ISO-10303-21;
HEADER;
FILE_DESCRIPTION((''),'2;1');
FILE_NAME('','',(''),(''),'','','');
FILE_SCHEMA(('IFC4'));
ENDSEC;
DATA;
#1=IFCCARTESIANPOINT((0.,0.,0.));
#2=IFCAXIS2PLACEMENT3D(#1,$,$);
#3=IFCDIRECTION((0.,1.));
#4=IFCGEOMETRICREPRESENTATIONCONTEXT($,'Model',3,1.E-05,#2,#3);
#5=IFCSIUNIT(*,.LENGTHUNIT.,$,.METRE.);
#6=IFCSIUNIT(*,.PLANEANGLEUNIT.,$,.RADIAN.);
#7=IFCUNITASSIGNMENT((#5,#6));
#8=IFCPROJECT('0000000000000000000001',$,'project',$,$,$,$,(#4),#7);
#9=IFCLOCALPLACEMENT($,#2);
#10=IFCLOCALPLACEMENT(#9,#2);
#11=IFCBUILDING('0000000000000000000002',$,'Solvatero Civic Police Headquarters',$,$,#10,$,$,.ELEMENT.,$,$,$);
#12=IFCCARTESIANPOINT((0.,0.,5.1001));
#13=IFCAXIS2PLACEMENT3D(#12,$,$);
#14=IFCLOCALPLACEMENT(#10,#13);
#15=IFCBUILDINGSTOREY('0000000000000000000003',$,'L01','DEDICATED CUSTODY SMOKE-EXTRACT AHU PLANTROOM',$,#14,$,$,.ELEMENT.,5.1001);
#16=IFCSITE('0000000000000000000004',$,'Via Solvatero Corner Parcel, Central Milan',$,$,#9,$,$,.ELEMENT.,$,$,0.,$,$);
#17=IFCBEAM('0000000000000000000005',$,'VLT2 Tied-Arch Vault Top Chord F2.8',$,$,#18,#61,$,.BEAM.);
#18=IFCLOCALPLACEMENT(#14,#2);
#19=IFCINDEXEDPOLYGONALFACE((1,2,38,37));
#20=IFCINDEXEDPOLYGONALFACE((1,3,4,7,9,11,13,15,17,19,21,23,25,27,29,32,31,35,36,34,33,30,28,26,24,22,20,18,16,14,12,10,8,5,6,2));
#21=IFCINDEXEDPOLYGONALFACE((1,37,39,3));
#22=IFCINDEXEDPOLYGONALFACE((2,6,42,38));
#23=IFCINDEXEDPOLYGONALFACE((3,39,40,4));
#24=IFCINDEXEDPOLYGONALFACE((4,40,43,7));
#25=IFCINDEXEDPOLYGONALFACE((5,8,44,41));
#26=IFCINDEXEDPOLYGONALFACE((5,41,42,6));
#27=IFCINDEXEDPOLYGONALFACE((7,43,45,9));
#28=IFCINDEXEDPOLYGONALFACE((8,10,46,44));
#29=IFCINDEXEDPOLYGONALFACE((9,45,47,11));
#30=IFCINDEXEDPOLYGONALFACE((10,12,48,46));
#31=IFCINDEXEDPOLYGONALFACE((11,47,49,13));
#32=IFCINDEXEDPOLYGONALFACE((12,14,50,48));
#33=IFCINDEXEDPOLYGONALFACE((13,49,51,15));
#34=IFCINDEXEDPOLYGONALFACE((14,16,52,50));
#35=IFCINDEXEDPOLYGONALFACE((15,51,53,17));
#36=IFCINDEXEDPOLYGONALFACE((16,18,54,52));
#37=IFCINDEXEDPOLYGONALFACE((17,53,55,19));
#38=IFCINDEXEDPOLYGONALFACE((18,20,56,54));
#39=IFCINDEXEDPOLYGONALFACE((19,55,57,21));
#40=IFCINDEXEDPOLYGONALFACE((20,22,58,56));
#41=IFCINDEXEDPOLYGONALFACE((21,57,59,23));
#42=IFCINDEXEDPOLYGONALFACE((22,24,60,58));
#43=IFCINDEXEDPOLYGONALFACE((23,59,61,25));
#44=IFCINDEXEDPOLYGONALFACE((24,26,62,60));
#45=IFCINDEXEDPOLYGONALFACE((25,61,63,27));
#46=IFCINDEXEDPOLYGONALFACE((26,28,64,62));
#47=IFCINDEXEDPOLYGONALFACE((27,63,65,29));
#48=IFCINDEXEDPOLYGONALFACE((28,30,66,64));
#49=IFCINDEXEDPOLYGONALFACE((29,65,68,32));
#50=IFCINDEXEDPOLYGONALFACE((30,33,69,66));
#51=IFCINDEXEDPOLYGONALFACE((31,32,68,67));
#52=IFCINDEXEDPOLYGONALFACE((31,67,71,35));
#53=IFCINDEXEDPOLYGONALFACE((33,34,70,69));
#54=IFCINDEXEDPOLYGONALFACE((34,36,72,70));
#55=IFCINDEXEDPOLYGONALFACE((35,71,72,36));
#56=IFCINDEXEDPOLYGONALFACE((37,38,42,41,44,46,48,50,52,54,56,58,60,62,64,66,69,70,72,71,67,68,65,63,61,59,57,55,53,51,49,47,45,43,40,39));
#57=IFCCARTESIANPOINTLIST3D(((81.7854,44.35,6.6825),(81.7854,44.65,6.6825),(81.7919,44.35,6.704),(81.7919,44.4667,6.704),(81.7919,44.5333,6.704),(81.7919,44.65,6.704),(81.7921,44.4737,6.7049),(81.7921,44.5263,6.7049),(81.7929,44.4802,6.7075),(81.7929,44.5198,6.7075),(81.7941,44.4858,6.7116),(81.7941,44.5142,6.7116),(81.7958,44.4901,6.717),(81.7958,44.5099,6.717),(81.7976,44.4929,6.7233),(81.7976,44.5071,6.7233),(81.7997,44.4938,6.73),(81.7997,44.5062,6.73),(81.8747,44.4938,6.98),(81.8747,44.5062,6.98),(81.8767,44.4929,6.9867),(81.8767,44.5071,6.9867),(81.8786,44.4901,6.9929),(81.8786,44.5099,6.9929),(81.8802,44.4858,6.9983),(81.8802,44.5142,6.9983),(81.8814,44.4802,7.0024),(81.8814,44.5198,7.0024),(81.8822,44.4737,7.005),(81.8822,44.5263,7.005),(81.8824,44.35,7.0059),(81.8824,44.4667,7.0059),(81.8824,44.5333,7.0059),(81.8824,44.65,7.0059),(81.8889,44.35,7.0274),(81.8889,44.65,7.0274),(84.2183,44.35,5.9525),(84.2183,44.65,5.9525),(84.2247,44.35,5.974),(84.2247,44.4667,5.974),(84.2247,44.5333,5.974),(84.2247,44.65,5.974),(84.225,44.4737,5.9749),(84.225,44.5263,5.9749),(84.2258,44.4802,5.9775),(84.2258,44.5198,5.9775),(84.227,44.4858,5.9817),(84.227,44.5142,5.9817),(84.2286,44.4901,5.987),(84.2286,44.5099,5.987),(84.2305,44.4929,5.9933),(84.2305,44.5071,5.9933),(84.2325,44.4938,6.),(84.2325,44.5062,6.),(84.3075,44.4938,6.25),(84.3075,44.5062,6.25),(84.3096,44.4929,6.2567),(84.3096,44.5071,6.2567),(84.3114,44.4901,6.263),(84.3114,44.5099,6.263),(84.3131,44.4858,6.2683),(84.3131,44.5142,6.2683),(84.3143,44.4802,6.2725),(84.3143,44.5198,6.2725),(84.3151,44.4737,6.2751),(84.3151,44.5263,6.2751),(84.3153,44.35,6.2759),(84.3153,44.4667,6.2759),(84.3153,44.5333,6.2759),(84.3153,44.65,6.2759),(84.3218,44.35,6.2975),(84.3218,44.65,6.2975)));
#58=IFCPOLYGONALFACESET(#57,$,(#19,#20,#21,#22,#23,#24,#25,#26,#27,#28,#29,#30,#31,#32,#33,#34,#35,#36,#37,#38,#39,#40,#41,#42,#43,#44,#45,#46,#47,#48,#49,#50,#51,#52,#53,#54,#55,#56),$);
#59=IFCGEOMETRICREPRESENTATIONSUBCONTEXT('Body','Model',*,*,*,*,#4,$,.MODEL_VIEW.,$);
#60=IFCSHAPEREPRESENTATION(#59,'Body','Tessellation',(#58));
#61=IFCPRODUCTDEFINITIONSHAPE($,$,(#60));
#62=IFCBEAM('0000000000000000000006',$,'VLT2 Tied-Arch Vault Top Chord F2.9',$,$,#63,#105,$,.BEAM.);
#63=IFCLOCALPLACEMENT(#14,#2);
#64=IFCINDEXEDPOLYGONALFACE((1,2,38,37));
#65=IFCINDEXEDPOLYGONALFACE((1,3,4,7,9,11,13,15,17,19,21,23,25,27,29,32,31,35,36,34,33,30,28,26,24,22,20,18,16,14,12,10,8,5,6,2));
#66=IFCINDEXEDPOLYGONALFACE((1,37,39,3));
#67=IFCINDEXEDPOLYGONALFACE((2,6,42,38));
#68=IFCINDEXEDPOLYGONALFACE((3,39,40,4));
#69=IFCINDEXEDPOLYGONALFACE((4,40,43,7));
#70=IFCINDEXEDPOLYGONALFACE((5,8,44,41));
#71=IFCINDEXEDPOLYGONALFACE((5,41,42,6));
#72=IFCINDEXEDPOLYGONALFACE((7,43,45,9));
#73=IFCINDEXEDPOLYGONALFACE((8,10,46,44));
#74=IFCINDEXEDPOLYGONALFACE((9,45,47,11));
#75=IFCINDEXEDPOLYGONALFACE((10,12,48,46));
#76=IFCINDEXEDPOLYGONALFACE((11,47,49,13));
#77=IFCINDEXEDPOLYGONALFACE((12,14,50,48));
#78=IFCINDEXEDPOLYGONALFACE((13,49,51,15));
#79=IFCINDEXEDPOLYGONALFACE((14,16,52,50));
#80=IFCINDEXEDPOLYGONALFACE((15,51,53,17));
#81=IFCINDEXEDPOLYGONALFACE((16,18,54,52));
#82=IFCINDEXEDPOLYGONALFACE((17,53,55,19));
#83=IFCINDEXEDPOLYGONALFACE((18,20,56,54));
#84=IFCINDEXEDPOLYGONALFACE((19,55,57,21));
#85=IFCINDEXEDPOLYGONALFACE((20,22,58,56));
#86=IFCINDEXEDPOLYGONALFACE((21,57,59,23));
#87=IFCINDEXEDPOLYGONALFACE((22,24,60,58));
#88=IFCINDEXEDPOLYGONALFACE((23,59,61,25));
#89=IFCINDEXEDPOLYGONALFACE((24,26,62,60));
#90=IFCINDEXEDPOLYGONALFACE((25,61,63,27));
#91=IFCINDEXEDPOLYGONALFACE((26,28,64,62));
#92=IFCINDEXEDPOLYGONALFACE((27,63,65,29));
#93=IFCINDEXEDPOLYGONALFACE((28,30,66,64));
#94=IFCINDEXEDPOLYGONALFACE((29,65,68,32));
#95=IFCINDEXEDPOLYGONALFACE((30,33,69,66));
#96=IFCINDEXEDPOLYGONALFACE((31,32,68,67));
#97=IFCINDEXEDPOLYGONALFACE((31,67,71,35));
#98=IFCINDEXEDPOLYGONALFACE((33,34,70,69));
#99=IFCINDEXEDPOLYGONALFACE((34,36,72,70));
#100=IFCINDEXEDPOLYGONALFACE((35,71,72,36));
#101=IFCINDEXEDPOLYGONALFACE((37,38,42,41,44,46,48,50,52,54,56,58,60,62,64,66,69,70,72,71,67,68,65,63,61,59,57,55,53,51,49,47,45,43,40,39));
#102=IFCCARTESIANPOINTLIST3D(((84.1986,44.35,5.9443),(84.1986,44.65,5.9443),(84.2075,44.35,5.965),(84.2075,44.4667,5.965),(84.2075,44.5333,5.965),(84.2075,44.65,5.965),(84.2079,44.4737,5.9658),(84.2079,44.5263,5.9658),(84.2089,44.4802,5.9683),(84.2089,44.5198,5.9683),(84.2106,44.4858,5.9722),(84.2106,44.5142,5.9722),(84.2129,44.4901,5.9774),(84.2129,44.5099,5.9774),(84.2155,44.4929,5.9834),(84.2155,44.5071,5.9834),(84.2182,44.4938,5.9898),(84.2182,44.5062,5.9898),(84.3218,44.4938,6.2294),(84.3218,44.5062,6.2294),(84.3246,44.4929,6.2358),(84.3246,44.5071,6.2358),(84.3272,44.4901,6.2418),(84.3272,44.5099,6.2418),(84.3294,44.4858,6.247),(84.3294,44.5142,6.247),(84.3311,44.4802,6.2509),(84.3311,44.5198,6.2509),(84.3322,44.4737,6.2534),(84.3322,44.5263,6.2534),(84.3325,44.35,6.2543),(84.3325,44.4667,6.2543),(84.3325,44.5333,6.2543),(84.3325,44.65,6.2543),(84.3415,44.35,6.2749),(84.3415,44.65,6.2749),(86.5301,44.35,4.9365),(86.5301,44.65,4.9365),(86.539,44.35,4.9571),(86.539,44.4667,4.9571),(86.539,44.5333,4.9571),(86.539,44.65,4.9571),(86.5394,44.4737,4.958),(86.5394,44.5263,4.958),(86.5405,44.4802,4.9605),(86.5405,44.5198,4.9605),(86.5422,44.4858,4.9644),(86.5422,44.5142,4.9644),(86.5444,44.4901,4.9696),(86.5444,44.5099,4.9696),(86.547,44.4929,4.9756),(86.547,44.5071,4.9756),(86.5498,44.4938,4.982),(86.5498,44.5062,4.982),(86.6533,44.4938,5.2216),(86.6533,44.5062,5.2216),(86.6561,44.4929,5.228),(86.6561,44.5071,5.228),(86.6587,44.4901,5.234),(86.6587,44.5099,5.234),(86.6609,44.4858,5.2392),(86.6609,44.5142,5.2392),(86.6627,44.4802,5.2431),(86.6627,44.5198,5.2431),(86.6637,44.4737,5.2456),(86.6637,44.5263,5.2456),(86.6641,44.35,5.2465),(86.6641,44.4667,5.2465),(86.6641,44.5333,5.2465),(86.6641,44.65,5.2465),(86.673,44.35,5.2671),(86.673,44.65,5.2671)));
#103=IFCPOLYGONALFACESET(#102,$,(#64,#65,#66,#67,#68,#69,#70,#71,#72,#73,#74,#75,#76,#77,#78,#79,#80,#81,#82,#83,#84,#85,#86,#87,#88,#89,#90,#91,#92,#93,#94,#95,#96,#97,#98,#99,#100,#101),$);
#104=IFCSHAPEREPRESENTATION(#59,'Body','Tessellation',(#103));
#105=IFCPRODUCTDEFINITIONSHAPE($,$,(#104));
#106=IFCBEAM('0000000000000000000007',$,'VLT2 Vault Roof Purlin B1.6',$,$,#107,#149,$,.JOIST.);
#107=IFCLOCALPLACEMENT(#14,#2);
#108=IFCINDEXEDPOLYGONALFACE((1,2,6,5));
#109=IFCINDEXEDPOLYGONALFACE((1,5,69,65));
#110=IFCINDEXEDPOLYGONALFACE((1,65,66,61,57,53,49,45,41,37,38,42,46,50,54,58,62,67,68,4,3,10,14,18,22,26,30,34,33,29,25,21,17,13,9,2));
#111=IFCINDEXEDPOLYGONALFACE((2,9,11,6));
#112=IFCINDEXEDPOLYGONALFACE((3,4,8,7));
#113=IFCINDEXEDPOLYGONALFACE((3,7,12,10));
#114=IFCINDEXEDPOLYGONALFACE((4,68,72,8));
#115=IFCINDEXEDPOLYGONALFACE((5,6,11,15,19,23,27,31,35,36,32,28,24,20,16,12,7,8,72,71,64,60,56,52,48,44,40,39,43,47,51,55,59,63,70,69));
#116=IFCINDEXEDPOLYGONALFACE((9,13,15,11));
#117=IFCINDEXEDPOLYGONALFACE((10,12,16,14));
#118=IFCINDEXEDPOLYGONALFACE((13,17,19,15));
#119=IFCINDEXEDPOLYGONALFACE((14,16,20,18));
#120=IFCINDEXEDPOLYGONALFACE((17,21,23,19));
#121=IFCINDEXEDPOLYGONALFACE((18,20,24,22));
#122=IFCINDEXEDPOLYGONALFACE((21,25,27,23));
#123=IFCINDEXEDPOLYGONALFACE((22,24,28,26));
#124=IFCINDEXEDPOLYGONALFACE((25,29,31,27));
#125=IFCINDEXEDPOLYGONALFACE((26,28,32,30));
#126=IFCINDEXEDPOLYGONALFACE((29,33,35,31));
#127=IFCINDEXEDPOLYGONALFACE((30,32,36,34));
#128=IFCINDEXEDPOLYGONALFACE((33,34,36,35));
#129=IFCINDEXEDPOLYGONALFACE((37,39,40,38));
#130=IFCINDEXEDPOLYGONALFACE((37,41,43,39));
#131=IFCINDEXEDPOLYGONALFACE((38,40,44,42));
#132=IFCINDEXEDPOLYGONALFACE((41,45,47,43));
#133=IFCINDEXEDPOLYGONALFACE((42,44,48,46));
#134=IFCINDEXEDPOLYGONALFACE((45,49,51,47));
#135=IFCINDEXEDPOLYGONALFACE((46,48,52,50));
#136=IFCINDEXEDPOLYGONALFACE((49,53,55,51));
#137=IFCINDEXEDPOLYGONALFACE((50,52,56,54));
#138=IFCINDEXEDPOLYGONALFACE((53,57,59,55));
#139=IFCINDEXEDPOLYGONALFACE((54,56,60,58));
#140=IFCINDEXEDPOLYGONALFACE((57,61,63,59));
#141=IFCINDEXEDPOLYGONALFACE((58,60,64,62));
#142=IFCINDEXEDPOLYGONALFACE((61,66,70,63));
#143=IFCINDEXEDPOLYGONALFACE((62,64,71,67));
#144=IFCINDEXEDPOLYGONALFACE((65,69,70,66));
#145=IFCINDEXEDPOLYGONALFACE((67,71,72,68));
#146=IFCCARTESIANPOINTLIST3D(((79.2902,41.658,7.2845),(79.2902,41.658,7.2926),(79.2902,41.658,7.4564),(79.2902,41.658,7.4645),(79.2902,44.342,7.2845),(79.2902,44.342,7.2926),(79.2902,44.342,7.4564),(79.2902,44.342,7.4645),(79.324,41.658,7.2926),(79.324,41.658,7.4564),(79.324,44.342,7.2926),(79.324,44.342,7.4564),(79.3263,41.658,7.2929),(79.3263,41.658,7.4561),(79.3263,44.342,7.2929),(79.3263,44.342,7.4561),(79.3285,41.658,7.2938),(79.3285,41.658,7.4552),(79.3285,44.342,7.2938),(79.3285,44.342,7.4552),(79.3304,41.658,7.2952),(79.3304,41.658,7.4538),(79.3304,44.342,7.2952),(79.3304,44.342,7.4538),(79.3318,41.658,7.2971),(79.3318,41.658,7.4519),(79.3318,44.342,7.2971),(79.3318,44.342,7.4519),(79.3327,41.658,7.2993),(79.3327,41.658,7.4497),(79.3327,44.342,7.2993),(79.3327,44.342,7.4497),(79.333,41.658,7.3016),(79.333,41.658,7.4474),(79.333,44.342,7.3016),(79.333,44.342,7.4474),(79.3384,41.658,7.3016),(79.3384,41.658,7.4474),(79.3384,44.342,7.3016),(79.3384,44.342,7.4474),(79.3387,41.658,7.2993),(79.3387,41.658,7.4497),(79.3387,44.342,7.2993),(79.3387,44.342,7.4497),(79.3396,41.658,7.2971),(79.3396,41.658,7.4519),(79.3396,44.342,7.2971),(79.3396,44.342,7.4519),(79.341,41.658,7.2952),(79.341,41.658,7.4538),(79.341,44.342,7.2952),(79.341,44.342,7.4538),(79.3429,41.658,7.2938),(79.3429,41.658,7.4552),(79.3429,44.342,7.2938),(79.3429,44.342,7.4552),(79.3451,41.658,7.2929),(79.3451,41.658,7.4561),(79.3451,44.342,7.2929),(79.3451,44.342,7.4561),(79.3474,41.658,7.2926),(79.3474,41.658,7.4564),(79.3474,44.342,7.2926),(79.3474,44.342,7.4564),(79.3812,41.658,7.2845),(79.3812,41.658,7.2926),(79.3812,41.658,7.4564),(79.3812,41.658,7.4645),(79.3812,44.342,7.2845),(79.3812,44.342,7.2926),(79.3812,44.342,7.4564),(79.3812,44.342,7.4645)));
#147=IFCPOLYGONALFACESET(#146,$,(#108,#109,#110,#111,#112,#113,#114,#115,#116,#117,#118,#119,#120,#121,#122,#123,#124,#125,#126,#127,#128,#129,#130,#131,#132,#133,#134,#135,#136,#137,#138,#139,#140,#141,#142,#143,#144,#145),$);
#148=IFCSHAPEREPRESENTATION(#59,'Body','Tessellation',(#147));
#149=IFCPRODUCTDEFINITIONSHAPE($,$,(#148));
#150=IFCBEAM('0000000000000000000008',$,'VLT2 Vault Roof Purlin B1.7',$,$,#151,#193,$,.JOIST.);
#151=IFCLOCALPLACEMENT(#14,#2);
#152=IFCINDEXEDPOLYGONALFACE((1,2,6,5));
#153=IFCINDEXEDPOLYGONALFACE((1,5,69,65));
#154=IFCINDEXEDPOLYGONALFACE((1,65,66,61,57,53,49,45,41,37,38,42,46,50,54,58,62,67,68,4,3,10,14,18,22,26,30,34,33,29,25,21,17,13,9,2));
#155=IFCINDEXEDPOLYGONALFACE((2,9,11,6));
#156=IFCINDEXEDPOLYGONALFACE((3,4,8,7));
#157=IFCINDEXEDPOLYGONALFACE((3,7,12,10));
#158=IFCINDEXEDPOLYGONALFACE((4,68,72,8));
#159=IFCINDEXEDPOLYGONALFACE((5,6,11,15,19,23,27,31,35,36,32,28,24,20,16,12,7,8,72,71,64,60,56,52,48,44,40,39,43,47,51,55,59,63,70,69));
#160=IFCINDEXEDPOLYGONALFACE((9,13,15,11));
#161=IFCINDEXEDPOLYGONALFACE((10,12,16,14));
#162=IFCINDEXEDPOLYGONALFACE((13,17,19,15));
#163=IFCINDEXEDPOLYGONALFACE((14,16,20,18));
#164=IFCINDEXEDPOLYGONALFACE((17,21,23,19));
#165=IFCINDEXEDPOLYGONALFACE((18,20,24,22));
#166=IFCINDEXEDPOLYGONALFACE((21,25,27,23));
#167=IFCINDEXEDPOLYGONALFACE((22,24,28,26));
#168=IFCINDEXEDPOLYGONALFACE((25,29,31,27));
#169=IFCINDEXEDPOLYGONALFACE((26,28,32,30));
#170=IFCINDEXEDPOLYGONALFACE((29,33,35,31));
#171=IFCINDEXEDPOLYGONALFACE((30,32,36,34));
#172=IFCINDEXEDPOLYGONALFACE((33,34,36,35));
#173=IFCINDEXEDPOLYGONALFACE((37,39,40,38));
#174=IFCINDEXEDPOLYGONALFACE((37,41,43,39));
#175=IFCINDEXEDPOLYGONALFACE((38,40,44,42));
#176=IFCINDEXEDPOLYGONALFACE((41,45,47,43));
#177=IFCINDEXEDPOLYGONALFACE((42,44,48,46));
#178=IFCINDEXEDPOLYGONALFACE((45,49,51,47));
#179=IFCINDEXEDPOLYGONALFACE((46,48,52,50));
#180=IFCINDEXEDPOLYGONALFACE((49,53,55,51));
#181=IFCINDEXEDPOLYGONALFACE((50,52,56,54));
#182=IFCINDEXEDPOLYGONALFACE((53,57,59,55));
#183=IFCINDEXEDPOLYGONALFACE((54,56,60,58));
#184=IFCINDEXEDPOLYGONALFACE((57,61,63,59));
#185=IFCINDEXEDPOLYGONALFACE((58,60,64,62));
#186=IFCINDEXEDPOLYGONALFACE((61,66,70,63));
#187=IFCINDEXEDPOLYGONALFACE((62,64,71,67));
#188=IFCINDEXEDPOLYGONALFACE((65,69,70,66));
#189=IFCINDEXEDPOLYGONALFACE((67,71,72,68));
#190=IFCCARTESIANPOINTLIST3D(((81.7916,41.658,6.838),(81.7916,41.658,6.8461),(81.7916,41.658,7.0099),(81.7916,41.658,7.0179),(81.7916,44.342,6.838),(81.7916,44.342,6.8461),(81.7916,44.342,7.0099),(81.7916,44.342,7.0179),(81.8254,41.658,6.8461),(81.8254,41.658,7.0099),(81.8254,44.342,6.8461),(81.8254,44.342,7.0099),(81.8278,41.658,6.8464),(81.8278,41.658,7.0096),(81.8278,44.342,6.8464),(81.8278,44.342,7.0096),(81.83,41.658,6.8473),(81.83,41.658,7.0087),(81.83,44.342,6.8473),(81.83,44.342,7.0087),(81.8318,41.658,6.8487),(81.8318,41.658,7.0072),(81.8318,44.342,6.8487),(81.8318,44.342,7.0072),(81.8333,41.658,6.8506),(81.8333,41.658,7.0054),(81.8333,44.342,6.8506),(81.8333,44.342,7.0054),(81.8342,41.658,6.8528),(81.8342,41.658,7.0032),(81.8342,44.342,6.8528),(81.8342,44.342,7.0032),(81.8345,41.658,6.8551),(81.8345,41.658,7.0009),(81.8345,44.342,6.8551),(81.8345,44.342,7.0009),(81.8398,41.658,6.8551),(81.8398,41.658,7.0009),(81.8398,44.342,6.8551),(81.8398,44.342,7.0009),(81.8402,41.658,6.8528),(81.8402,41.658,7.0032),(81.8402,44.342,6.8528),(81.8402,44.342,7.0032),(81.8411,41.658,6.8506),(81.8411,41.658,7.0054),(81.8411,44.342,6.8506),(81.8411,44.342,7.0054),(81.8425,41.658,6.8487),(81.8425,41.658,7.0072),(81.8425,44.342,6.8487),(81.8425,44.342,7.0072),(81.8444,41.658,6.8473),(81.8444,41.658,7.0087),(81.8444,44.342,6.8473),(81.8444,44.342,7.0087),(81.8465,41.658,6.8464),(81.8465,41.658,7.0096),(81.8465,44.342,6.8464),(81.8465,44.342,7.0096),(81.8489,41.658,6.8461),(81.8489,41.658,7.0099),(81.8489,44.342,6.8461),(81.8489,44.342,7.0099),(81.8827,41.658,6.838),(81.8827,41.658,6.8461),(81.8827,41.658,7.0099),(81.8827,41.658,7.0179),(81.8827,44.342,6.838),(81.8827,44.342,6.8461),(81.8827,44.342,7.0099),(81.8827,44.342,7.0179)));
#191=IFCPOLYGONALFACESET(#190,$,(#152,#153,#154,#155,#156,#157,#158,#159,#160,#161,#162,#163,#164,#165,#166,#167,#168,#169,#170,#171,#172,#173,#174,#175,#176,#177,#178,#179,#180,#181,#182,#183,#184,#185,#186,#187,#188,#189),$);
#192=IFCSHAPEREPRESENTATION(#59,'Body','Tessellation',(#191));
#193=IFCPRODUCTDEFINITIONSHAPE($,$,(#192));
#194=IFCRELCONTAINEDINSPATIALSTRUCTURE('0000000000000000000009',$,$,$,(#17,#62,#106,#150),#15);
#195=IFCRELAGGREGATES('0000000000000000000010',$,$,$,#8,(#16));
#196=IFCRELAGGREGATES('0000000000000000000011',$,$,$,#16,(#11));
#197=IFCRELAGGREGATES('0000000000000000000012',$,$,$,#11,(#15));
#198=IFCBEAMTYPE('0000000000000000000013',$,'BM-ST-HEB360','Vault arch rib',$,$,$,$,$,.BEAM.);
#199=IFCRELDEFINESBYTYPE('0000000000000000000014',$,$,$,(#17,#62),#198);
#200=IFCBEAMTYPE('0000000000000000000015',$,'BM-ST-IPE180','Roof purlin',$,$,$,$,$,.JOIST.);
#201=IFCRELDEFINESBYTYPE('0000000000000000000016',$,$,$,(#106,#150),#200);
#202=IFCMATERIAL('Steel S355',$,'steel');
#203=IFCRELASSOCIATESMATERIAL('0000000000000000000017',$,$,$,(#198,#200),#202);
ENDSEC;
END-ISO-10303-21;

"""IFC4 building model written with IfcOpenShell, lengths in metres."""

from ifc_helpers import new_model, si_unit, direction, frame, origin, origin_2d, place, context, subcontext, project, spatial, i_section, extrude, material, material_profile, profile_set, type_object, element, save


model = new_model("IFC4")

# Units and contexts
model_context = context("Model", 3, precision=1e-05, world=origin(), true_north=direction((0.0, 1.0)))
body_context = subcontext(model_context, "Body", "Model", "MODEL_VIEW")
ifc_project = project(units=[si_unit("LENGTHUNIT", "METRE"), si_unit("PLANEANGLEUNIT", "RADIAN")], contexts=[model_context])

# Site, building, storey
site_placement = place(None, origin())
site = spatial("IfcSite", under=ifc_project, at=site_placement, Name="Via Solvatero Corner Parcel, Central Milan", CompositionType="ELEMENT", RefElevation=0.0)
building_placement = place(site_placement, origin())
building = spatial("IfcBuilding", under=site, at=building_placement, Name="Solvatero Civic Police Headquarters", CompositionType="ELEMENT")
storey_placement = place(building_placement, frame((0.0, 0.0, 5.1001)))
storey = spatial("IfcBuildingStorey", under=building, at=storey_placement, Name="L01", Description="DEDICATED CUSTODY SMOKE-EXTRACT AHU PLANTROOM", CompositionType="ELEMENT", Elevation=5.1001)

# Beams
ifc_material_1 = material(Name="Steel S355", Category="steel")
ifc_material_profile_1 = material_profile(ifc_material_1, i_section(OverallWidth=0.3, OverallDepth=0.3601, WebThickness=0.0125, FlangeThickness=0.0225, FilletRadius=0.0271, at=origin_2d()), Name="HEB 360")
ifc_profile_set_1 = profile_set([ifc_material_profile_1], Name="Steel S355")
beam_type_1 = type_object("IfcBeamType", Name="BM-ST-HEB360", Description="Vault arch rib", PredefinedType="BEAM", material=ifc_profile_set_1)
for number, where, z_axis, x_axis, name in (
    (1, (81.8372, 44.5, 6.855), (0.957813, 0.0, -0.287392), (0.0, 1.0, 0.0), "VLT2 Tied-Arch Vault Top Chord F2.8"),
    (2, (84.27, 44.5, 6.1096), (0.917918, 0.0, -0.396771), (0.0, 1.0, 0.0), "VLT2 Tied-Arch Vault Top Chord F2.9"),
):
    element("IfcBeam", number, at=place(storey_placement, frame(where, z_axis=z_axis, x_axis=x_axis)), inside=storey, type_object=beam_type_1, Name=name, PredefinedType="BEAM", context=body_context, shape_type="SweptSolid", body=[
        extrude(i_section(OverallWidth=0.3, OverallDepth=0.3601, WebThickness=0.0125, FlangeThickness=0.0225, FilletRadius=0.0271, at=origin_2d()), origin(), (0.0, 0.0, 1.0), 2.54),
    ])
ifc_material_profile_2 = material_profile(ifc_material_1, i_section(OverallWidth=0.0911, OverallDepth=0.1799, WebThickness=0.0054, FlangeThickness=0.0081, FilletRadius=0.009, at=origin_2d()), Name="IPE 180")
ifc_profile_set_2 = profile_set([ifc_material_profile_2], Name="Steel S355")
beam_type_2 = type_object("IfcBeamType", Name="BM-ST-IPE180", Description="Roof purlin", PredefinedType="JOIST", material=ifc_profile_set_2)
for number, where, z_axis, x_axis, name in (
    (3, (79.3357, 41.658, 7.3745), (0.0, 1.0, 0.0), (-1.0, 0.0, 0.0), "VLT2 Vault Roof Purlin B1.6"),
    (4, (81.8372, 41.658, 6.928), (0.0, 1.0, 0.0), (-1.0, 0.0, 0.0), "VLT2 Vault Roof Purlin B1.7"),
):
    element("IfcBeam", number, at=place(storey_placement, frame(where, z_axis=z_axis, x_axis=x_axis)), inside=storey, type_object=beam_type_2, Name=name, PredefinedType="JOIST", context=body_context, shape_type="SweptSolid", body=[
        extrude(i_section(OverallWidth=0.0911, OverallDepth=0.1799, WebThickness=0.0054, FlangeThickness=0.0081, FilletRadius=0.009, at=origin_2d()), origin(), (0.0, 0.0, 1.0), 2.6841),
    ])

save(model, "model.ifc")
